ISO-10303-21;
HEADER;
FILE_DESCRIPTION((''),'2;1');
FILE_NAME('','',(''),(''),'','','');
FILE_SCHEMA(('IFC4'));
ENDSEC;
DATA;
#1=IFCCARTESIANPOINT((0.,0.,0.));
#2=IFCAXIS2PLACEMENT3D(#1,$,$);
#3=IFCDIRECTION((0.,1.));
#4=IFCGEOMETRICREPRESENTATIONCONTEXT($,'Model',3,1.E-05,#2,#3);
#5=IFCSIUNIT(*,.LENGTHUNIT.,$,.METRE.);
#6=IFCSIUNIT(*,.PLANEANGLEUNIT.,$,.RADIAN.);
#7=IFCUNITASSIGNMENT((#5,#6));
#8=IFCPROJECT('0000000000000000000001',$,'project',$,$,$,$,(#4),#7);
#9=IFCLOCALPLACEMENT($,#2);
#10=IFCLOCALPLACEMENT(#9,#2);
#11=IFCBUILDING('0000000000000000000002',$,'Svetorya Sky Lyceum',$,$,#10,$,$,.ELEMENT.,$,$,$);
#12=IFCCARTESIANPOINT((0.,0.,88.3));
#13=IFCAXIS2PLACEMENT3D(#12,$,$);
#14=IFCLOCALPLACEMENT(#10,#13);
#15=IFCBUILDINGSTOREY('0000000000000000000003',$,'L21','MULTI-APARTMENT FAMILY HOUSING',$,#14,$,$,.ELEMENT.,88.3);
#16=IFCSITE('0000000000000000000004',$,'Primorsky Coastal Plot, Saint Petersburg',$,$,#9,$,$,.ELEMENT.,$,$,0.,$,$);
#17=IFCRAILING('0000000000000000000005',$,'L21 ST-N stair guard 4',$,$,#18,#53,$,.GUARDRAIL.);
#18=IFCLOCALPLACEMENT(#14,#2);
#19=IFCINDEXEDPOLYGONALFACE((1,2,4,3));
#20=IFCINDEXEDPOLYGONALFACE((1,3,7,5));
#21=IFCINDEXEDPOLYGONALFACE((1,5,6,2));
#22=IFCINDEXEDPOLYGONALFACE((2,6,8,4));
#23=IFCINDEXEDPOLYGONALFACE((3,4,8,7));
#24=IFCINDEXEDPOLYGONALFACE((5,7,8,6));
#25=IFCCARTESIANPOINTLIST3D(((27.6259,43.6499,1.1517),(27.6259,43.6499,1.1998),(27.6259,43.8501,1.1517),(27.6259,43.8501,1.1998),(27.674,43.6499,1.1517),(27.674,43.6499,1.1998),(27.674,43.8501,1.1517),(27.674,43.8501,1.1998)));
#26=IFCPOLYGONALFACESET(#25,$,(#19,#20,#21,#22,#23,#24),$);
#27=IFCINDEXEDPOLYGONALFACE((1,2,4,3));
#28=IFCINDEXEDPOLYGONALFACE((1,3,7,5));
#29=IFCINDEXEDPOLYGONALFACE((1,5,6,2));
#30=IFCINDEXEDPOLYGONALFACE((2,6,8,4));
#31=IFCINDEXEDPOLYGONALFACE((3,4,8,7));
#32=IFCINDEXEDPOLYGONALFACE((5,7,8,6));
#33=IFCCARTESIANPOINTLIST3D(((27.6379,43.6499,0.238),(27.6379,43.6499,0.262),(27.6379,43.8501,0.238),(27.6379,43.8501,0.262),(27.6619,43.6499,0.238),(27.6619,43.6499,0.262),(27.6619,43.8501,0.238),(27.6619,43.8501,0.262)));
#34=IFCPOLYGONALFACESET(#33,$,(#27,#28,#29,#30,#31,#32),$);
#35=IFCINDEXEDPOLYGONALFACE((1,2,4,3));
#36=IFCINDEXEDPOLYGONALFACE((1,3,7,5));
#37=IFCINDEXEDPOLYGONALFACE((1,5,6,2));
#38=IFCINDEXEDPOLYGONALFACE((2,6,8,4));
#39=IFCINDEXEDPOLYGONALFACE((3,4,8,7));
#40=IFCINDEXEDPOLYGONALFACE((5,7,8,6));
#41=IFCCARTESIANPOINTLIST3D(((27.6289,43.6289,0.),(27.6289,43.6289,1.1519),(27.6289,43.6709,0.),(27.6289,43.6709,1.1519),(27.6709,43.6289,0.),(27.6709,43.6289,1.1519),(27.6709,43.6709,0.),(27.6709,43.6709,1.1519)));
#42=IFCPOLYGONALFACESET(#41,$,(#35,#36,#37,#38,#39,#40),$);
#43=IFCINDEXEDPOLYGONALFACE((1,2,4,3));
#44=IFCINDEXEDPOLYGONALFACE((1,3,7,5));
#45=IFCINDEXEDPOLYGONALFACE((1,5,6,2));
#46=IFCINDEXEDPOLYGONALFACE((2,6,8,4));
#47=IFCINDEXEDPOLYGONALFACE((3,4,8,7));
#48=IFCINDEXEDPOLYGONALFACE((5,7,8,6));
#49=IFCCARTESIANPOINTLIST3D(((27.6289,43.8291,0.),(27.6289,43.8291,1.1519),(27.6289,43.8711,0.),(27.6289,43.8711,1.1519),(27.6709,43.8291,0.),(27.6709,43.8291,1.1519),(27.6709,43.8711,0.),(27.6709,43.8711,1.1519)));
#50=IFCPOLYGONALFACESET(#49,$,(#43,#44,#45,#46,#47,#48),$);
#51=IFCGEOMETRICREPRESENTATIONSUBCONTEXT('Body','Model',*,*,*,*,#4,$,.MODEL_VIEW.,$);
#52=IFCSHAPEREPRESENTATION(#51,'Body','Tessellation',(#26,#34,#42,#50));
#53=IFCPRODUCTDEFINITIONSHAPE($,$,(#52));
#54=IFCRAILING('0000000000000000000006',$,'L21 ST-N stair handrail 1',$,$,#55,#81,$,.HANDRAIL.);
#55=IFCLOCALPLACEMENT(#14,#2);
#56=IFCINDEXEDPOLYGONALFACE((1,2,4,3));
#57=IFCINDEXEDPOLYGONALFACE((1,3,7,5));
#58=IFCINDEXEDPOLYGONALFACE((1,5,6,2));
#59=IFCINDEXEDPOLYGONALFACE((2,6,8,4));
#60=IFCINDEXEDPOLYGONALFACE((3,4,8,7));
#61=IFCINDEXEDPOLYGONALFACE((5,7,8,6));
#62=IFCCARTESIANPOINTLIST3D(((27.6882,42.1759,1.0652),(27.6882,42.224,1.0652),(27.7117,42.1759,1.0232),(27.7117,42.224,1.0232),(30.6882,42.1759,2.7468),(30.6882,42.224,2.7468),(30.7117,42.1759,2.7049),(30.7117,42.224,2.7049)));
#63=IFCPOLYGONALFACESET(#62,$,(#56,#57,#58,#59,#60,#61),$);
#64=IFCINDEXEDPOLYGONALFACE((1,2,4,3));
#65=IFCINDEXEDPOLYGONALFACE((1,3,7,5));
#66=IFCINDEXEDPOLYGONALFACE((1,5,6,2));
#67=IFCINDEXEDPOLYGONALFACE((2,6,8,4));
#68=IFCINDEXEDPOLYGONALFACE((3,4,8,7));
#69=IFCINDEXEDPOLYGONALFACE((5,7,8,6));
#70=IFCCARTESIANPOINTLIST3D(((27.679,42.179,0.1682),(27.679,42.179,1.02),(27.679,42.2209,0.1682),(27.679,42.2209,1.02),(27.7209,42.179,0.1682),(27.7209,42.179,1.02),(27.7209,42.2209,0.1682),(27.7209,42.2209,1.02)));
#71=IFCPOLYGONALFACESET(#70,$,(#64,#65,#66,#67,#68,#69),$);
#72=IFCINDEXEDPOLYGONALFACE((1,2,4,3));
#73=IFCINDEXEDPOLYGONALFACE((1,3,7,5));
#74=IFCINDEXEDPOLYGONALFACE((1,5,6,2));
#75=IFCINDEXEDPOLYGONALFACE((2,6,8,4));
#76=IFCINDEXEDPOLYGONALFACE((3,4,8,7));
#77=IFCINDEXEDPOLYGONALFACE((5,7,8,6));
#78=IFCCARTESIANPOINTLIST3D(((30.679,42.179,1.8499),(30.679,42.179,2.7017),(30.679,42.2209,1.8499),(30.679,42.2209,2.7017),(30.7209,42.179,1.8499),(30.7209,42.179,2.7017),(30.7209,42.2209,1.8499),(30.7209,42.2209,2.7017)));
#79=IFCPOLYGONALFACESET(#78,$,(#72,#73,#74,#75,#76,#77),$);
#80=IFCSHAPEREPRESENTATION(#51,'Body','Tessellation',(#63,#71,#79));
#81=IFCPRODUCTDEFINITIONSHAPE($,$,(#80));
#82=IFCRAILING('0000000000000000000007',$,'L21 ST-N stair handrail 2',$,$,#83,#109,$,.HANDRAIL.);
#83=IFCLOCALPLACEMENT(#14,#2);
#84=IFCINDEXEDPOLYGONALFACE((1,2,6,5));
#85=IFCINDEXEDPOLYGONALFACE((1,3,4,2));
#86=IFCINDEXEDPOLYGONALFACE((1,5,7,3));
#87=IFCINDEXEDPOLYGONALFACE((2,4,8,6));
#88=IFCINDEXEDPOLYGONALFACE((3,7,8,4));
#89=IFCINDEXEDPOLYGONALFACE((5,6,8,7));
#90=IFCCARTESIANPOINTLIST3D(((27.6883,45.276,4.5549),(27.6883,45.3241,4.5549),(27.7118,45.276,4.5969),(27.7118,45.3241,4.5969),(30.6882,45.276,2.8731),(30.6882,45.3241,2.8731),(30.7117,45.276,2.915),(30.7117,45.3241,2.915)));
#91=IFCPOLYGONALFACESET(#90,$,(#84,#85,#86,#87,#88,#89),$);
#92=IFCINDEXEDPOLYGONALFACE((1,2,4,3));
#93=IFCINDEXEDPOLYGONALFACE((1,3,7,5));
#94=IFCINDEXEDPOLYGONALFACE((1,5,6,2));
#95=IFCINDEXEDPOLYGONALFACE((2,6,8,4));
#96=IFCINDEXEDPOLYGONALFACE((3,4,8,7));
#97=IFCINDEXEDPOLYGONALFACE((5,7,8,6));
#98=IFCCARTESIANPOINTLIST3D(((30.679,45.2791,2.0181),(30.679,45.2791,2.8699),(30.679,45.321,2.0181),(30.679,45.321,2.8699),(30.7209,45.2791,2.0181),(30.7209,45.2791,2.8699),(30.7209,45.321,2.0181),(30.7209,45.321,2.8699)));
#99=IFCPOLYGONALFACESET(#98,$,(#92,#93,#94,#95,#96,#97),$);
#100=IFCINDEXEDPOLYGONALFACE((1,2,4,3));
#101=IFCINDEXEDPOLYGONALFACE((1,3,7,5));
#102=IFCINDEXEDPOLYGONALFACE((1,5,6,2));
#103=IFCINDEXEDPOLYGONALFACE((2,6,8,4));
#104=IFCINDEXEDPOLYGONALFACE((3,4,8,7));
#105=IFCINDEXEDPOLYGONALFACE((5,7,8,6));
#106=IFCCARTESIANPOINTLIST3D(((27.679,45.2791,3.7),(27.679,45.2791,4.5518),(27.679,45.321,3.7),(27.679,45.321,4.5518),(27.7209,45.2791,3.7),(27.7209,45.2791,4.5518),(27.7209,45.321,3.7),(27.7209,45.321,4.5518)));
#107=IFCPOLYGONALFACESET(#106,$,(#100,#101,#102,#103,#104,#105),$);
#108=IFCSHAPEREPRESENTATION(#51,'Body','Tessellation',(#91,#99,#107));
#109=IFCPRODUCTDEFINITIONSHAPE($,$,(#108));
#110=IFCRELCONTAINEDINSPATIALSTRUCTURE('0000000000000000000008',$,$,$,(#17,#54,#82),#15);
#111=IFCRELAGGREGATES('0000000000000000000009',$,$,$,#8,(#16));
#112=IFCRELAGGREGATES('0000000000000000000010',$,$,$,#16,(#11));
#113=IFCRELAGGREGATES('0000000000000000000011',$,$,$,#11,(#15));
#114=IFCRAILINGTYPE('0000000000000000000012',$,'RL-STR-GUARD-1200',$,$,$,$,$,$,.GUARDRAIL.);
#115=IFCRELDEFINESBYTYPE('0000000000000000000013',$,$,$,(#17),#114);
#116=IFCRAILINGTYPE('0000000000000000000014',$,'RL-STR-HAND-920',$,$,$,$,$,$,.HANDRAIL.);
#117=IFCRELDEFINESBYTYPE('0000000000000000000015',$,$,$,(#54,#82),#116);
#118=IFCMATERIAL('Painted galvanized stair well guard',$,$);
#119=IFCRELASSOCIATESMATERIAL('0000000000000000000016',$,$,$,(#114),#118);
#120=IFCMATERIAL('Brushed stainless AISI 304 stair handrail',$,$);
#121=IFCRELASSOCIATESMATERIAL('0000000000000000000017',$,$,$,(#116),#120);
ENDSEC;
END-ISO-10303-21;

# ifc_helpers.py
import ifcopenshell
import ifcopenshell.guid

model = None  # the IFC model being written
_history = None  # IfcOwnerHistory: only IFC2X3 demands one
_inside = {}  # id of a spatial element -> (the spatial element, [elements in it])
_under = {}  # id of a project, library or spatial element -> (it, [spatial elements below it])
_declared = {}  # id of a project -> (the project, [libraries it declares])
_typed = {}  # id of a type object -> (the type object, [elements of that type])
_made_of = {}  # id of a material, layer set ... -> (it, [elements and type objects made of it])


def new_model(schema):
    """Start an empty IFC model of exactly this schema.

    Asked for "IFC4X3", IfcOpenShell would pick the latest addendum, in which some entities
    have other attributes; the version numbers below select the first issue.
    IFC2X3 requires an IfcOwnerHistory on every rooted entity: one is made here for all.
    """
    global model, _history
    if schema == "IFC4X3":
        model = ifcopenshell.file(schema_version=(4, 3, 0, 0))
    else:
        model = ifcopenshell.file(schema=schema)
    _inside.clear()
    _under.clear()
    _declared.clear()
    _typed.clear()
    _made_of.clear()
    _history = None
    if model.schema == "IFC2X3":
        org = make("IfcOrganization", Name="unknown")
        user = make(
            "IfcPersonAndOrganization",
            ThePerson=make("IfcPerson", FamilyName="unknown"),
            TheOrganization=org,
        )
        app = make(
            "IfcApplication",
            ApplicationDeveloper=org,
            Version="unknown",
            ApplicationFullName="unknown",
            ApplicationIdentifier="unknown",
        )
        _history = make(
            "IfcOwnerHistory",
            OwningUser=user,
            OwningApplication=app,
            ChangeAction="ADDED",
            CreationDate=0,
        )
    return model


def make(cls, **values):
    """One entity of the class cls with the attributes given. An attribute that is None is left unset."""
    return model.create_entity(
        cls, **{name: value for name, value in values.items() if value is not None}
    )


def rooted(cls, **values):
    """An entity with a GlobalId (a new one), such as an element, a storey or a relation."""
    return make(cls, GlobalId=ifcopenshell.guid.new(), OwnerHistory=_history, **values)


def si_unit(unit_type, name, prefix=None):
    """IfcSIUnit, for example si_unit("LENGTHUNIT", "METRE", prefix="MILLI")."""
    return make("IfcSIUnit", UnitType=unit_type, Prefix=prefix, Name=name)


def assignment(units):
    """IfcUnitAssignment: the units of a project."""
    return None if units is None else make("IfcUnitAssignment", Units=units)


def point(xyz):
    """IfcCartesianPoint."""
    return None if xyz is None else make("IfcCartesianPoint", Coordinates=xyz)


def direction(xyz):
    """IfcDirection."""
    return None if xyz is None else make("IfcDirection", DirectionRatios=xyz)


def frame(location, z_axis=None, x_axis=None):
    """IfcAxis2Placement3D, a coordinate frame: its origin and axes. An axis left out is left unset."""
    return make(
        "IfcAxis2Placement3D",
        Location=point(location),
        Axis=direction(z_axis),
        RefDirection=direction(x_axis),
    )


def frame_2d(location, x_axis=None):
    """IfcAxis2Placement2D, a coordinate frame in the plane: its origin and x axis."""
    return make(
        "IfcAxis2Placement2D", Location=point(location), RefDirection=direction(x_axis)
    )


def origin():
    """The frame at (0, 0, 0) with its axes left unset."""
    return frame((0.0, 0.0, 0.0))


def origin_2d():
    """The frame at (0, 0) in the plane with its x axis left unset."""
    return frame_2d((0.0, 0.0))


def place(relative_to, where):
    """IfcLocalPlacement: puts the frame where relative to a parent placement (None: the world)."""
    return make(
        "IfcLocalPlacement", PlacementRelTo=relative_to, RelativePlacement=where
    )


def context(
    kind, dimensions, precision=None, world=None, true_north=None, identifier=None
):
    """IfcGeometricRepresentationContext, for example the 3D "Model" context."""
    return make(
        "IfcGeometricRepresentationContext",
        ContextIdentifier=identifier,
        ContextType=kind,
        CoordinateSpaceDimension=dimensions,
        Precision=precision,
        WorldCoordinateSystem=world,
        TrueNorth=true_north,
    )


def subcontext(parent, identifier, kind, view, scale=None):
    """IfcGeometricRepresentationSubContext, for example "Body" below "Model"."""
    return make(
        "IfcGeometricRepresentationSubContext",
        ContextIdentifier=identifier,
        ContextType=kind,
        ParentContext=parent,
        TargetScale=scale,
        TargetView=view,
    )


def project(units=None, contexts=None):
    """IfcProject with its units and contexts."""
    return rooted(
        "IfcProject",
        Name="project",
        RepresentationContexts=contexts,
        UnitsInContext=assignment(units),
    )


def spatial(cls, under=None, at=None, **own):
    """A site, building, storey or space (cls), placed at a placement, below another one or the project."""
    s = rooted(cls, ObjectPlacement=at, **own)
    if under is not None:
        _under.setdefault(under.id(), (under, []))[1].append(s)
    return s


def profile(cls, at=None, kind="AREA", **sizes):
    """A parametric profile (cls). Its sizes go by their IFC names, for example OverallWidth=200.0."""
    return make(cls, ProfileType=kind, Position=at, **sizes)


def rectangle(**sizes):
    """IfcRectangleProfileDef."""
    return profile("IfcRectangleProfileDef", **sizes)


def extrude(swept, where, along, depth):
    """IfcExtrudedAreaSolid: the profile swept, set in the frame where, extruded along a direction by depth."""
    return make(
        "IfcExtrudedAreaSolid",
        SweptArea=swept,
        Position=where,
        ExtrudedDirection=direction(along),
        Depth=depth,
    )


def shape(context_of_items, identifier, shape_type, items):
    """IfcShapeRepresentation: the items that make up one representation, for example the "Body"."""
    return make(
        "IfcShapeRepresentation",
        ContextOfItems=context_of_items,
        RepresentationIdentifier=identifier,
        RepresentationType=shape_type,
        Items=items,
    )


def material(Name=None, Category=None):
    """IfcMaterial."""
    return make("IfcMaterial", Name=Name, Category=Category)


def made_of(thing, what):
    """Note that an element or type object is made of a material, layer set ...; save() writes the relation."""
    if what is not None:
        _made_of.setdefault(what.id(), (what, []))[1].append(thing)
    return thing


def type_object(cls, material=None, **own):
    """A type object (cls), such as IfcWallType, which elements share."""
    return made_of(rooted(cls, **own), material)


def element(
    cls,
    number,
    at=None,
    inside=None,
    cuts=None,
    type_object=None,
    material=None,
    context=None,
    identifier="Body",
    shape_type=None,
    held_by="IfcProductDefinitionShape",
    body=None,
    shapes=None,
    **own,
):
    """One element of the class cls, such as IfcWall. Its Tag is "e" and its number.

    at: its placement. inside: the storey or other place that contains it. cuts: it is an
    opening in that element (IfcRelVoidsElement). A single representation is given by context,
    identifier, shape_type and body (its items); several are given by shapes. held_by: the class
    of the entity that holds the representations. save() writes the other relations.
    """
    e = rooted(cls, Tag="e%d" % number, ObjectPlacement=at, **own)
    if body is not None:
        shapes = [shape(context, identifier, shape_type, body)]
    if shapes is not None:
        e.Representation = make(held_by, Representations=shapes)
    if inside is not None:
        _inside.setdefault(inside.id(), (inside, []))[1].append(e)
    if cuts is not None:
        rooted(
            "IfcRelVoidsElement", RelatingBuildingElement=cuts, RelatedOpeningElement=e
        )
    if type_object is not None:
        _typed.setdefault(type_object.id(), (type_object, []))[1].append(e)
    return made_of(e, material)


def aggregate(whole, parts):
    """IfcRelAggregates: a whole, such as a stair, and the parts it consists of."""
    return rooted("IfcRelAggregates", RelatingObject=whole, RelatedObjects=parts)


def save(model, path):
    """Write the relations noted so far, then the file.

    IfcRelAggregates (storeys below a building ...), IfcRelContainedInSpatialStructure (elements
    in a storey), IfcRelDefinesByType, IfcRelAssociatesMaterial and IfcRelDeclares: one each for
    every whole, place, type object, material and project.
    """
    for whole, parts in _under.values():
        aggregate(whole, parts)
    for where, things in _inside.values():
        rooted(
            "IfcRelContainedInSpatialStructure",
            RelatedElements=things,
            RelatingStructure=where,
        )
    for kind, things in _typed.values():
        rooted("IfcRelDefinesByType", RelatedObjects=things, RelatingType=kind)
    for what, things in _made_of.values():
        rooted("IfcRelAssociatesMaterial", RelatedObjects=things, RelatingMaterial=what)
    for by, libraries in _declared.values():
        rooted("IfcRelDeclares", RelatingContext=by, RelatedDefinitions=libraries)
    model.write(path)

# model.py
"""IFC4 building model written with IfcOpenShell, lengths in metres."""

from ifc_helpers import new_model, si_unit, direction, frame, origin, origin_2d, place, context, subcontext, project, spatial, rectangle, extrude, material, type_object, element, save


model = new_model("IFC4")

# Units and contexts
model_context = context("Model", 3, precision=1e-05, world=origin(), true_north=direction((0.0, 1.0)))
body_context = subcontext(model_context, "Body", "Model", "MODEL_VIEW")
ifc_project = project(units=[si_unit("LENGTHUNIT", "METRE"), si_unit("PLANEANGLEUNIT", "RADIAN")], contexts=[model_context])

# Site, building, storey
site_placement = place(None, origin())
site = spatial("IfcSite", under=ifc_project, at=site_placement, Name="Primorsky Coastal Plot, Saint Petersburg", CompositionType="ELEMENT", RefElevation=0.0)
building_placement = place(site_placement, origin())
building = spatial("IfcBuilding", under=site, at=building_placement, Name="Svetorya Sky Lyceum", CompositionType="ELEMENT")
storey_placement = place(building_placement, frame((0.0, 0.0, 88.3)))
storey = spatial("IfcBuildingStorey", under=building, at=storey_placement, Name="L21", Description="MULTI-APARTMENT FAMILY HOUSING", CompositionType="ELEMENT", Elevation=88.3)

# Railings
ifc_material_1 = material(Name="Painted galvanized stair well guard")
railing_type_1 = type_object("IfcRailingType", Name="RL-STR-GUARD-1200", PredefinedType="GUARDRAIL", material=ifc_material_1)
railing_1_placement = place(storey_placement, frame((27.6499, 43.6499, 0.0)))
element("IfcRailing", 1, at=railing_1_placement, inside=storey, type_object=railing_type_1, Name="L21 ST-N stair guard 4", PredefinedType="GUARDRAIL", context=body_context, shape_type="SweptSolid", body=[
    extrude(rectangle(XDim=0.0481, YDim=0.0481, at=origin_2d()), frame((0.0, 0.0, 1.1758), z_axis=(0.0, 1.0, 0.0), x_axis=(-1.0, 0.0, 0.0)), (0.0, 0.0, 1.0), 0.2002),
    extrude(rectangle(XDim=0.0239, YDim=0.0239, at=origin_2d()), frame((0.0, 0.0, 0.25), z_axis=(0.0, 1.0, 0.0), x_axis=(-1.0, 0.0, 0.0)), (0.0, 0.0, 1.0), 0.2002),
    extrude(rectangle(XDim=0.042, YDim=0.042, at=origin_2d()), origin(), (0.0, 0.0, 1.0), 1.1519),
    extrude(rectangle(XDim=0.042, YDim=0.042, at=origin_2d()), frame((0.0, 0.2002, 0.0)), (0.0, 0.0, 1.0), 1.1519),
])
ifc_material_2 = material(Name="Brushed stainless AISI 304 stair handrail")
railing_type_2 = type_object("IfcRailingType", Name="RL-STR-HAND-920", PredefinedType="HANDRAIL", material=ifc_material_2)
railing_2_placement = place(storey_placement, frame((27.7, 42.2, 0.1682)))
element("IfcRailing", 2, at=railing_2_placement, inside=storey, type_object=railing_type_2, Name="L21 ST-N stair handrail 1", PredefinedType="HANDRAIL", context=body_context, shape_type="SweptSolid", body=[
    extrude(rectangle(XDim=0.0481, YDim=0.0481, at=origin_2d()), frame((0.0, 0.0, 0.876), z_axis=(0.872303, 0.0, 0.488966), x_axis=(0.0, 1.0, 0.0)), (0.0, 0.0, 1.0), 3.4392),
    extrude(rectangle(XDim=0.042, YDim=0.042, at=origin_2d()), origin(), (0.0, 0.0, 1.0), 0.8518),
    extrude(rectangle(XDim=0.042, YDim=0.042, at=origin_2d()), frame((3.0, 0.0, 1.6816)), (0.0, 0.0, 1.0), 0.8518),
])
railing_3_placement = place(storey_placement, frame((30.7, 45.3, 2.0181)))
element("IfcRailing", 3, at=railing_3_placement, inside=storey, type_object=railing_type_2, Name="L21 ST-N stair handrail 2", PredefinedType="HANDRAIL", context=body_context, shape_type="SweptSolid", body=[
    extrude(rectangle(XDim=0.0481, YDim=0.0481, at=origin_2d()), frame((0.0, 0.0, 0.876), z_axis=(-0.872272, 0.0, 0.48902), x_axis=(0.0, -1.0, 0.0)), (0.0, 0.0, 1.0), 3.4392),
    extrude(rectangle(XDim=0.042, YDim=0.042, at=origin_2d()), origin(), (0.0, 0.0, 1.0), 0.8518),
    extrude(rectangle(XDim=0.042, YDim=0.042, at=origin_2d()), frame((-3.0, 0.0, 1.6819)), (0.0, 0.0, 1.0), 0.8518),
])

save(model, "model.ifc")
